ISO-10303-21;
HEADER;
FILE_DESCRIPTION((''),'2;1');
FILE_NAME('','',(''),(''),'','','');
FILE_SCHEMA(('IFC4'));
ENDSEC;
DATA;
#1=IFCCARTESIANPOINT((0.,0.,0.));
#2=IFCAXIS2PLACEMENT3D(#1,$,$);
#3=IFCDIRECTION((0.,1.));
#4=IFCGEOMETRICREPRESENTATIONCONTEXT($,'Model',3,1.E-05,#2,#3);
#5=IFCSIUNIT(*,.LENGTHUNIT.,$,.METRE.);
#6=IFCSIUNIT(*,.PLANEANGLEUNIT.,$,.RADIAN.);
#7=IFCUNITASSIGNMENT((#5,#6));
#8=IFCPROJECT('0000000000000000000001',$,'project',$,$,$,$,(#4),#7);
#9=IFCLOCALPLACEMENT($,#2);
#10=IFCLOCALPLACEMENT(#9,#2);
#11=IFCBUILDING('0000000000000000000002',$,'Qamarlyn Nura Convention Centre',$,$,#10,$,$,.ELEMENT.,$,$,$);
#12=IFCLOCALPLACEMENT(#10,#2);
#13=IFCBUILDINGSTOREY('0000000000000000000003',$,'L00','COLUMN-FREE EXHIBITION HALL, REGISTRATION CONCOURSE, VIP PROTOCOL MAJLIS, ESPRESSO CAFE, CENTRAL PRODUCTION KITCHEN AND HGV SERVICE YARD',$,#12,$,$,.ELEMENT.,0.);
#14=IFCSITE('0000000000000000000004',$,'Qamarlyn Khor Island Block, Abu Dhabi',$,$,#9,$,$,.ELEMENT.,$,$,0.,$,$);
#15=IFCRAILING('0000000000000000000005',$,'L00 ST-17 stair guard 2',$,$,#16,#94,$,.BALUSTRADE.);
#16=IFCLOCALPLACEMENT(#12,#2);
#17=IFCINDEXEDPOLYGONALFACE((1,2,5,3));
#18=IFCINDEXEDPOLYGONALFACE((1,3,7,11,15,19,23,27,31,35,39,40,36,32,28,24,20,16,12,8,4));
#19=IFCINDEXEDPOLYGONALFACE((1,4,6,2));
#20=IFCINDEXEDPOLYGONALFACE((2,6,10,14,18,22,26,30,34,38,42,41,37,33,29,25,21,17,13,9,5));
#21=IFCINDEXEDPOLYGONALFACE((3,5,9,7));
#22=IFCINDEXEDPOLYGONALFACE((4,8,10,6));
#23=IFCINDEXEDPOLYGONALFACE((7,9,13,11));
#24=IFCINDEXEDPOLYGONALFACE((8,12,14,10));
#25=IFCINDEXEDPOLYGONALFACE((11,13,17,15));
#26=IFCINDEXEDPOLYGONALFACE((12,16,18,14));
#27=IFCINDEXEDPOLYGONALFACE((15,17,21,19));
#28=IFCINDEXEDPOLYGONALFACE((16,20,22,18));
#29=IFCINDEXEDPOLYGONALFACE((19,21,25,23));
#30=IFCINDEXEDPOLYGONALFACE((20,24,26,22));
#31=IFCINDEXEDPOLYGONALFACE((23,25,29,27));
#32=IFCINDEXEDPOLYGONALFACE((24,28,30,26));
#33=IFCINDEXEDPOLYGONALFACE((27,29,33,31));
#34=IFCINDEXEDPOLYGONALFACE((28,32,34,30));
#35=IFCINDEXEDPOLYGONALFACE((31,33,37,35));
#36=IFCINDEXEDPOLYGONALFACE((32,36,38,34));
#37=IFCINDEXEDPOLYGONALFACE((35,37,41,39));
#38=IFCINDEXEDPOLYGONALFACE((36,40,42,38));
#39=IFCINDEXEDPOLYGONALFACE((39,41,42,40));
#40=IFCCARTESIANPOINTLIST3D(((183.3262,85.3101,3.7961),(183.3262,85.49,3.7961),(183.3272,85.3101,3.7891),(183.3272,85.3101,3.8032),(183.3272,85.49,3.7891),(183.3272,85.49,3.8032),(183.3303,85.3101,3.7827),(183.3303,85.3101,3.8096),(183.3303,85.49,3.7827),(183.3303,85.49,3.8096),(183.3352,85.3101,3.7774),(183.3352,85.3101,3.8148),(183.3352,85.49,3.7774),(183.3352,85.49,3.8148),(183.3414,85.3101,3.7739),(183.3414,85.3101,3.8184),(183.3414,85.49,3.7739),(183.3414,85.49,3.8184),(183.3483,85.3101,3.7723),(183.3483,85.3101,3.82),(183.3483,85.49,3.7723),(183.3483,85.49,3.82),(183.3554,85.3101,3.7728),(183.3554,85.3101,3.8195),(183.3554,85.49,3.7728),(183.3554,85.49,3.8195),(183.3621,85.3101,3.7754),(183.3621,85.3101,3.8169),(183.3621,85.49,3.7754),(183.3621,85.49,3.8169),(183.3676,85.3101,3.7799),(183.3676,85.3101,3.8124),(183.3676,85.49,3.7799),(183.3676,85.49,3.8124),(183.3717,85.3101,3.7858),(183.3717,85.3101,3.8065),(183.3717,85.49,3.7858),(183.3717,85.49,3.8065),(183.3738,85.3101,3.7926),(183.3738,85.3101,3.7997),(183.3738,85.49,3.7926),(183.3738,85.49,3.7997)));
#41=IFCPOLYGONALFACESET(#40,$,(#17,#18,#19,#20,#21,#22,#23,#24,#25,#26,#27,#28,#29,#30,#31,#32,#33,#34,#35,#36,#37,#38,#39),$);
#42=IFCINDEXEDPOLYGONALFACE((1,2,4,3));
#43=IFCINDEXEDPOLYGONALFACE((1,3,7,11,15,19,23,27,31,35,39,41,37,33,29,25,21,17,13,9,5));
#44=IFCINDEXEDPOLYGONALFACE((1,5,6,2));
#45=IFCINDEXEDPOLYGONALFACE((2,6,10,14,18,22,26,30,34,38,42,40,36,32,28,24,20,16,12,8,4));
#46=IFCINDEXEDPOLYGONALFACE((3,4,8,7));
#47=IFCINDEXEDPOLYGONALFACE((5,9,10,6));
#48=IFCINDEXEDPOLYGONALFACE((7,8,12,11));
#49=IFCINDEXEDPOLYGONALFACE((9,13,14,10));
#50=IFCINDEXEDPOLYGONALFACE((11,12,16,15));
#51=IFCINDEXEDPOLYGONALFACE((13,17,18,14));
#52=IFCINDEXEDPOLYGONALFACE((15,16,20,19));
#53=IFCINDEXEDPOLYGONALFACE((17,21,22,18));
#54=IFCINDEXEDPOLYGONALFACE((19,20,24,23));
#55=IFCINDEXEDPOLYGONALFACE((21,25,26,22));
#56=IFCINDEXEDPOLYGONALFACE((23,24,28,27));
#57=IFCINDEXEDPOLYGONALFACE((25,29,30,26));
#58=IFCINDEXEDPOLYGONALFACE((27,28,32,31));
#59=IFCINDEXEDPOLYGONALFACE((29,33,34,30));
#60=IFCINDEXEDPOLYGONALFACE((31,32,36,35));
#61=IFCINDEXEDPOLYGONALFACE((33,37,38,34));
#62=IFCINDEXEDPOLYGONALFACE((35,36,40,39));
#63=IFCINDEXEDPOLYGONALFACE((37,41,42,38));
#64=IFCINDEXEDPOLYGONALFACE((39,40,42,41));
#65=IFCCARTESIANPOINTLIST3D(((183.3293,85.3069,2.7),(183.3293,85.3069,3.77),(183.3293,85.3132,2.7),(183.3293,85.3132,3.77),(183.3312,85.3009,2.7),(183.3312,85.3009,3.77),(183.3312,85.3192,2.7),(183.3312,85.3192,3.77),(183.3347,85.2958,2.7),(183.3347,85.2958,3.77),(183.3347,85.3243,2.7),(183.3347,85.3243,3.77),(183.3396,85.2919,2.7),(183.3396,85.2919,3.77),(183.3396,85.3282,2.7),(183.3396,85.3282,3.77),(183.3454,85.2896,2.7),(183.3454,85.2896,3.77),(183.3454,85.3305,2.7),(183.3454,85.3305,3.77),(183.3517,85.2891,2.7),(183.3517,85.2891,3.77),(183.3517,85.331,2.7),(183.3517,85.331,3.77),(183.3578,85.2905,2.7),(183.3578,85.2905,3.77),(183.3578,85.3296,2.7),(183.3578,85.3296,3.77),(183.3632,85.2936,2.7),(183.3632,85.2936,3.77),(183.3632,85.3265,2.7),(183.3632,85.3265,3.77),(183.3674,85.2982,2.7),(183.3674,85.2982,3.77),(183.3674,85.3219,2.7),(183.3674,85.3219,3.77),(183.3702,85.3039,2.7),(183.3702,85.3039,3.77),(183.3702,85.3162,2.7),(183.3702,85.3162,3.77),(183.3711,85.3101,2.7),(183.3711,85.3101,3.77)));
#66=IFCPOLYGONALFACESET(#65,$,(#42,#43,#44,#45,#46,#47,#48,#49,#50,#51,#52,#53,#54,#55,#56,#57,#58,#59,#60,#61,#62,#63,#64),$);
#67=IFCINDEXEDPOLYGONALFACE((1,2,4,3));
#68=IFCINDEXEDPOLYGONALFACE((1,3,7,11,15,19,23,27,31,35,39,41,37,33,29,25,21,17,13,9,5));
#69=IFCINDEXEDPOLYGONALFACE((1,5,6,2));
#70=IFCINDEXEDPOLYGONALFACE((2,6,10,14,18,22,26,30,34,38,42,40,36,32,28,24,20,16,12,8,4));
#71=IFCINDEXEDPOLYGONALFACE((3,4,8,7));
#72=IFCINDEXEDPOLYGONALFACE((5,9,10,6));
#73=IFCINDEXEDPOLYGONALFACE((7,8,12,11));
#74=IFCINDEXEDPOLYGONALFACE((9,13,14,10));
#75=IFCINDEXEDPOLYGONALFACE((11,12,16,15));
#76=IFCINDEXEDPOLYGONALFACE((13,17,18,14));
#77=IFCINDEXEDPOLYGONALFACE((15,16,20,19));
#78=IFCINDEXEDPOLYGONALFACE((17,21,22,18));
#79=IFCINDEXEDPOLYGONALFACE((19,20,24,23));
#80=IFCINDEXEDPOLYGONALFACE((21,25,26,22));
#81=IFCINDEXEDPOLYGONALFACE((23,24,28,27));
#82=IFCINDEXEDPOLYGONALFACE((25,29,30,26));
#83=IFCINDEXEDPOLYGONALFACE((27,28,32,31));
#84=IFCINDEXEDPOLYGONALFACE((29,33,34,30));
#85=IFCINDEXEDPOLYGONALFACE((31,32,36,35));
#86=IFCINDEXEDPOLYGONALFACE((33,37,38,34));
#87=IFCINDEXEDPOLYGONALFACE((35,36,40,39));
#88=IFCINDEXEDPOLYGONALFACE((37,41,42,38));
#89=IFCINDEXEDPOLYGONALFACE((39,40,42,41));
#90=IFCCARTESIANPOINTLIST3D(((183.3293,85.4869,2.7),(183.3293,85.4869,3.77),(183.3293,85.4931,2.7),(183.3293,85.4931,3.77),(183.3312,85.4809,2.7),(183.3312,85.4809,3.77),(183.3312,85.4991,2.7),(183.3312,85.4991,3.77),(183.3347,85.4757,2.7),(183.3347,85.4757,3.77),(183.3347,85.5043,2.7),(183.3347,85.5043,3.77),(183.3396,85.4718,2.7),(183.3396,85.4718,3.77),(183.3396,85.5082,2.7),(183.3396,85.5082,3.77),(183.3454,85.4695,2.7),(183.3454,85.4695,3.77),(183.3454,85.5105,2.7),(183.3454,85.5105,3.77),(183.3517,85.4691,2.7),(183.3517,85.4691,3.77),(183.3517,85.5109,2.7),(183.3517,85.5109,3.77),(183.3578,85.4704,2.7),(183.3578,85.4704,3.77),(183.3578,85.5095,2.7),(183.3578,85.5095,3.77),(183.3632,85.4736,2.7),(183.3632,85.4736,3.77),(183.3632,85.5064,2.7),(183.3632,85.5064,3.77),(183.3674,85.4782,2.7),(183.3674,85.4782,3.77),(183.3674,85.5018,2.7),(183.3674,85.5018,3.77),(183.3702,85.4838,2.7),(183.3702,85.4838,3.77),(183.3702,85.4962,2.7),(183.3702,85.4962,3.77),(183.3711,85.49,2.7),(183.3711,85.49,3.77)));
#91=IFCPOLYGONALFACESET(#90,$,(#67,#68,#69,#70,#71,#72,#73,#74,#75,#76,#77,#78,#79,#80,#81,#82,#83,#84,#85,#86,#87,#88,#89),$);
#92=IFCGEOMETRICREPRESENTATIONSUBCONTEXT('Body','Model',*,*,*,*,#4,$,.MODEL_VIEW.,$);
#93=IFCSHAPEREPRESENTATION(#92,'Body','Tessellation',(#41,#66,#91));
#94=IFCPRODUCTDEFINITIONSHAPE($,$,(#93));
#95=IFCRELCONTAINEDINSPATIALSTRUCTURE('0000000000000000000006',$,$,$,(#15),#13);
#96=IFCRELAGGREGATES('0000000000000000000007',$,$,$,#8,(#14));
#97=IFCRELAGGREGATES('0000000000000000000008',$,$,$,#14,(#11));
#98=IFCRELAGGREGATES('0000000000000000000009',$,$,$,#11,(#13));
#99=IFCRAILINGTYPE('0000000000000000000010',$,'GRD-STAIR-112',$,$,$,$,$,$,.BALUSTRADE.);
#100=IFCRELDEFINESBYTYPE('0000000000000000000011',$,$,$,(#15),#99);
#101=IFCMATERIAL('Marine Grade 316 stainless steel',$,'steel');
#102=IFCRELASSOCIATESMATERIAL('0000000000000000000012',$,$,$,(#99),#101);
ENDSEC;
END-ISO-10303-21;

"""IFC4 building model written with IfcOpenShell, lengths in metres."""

from ifc_helpers import new_model, si_unit, direction, frame, origin, origin_2d, place, context, subcontext, project, spatial, circle, extrude, material, type_object, element, save


model = new_model("IFC4")

# Units and contexts
model_context = context("Model", 3, precision=1e-05, world=origin(), true_north=direction((0.0, 1.0)))
body_context = subcontext(model_context, "Body", "Model", "MODEL_VIEW")
ifc_project = project(units=[si_unit("LENGTHUNIT", "METRE"), si_unit("PLANEANGLEUNIT", "RADIAN")], contexts=[model_context])

# Site, building, storey
site_placement = place(None, origin())
site = spatial("IfcSite", under=ifc_project, at=site_placement, Name="Qamarlyn Khor Island Block, Abu Dhabi", CompositionType="ELEMENT", RefElevation=0.0)
building_placement = place(site_placement, origin())
building = spatial("IfcBuilding", under=site, at=building_placement, Name="Qamarlyn Nura Convention Centre", CompositionType="ELEMENT")
storey_placement = place(building_placement, origin())
storey = spatial("IfcBuildingStorey", under=building, at=storey_placement, Name="L00", Description="COLUMN-FREE EXHIBITION HALL, REGISTRATION CONCOURSE, VIP PROTOCOL MAJLIS, ESPRESSO CAFE, CENTRAL PRODUCTION KITCHEN AND HGV SERVICE YARD", CompositionType="ELEMENT", Elevation=0.0)

# Railing
ifc_material_1 = material(Name="Marine Grade 316 stainless steel", Category="steel")
railing_type_1 = type_object("IfcRailingType", Name="GRD-STAIR-112", PredefinedType="BALUSTRADE", material=ifc_material_1)
railing_1_placement = place(storey_placement, frame((183.3501, 85.3101, 2.7)))
element("IfcRailing", 1, at=railing_1_placement, inside=storey, type_object=railing_type_1, Name="L00 ST-17 stair guard 2", PredefinedType="BALUSTRADE", context=body_context, shape_type="SweptSolid", body=[
    extrude(circle(Radius=0.0239, at=origin_2d()), frame((0.0, 0.0, 1.0962), z_axis=(0.0, 1.0, 0.0), x_axis=(-1.0, 0.0, 0.0)), (0.0, 0.0, 1.0), 0.1799),
    extrude(circle(Radius=0.021, at=origin_2d()), origin(), (0.0, 0.0, 1.0), 1.0701),
    extrude(circle(Radius=0.021, at=origin_2d()), frame((0.0, 0.1799, 0.0)), (0.0, 0.0, 1.0), 1.0701),
])

save(model, "model.ifc")
